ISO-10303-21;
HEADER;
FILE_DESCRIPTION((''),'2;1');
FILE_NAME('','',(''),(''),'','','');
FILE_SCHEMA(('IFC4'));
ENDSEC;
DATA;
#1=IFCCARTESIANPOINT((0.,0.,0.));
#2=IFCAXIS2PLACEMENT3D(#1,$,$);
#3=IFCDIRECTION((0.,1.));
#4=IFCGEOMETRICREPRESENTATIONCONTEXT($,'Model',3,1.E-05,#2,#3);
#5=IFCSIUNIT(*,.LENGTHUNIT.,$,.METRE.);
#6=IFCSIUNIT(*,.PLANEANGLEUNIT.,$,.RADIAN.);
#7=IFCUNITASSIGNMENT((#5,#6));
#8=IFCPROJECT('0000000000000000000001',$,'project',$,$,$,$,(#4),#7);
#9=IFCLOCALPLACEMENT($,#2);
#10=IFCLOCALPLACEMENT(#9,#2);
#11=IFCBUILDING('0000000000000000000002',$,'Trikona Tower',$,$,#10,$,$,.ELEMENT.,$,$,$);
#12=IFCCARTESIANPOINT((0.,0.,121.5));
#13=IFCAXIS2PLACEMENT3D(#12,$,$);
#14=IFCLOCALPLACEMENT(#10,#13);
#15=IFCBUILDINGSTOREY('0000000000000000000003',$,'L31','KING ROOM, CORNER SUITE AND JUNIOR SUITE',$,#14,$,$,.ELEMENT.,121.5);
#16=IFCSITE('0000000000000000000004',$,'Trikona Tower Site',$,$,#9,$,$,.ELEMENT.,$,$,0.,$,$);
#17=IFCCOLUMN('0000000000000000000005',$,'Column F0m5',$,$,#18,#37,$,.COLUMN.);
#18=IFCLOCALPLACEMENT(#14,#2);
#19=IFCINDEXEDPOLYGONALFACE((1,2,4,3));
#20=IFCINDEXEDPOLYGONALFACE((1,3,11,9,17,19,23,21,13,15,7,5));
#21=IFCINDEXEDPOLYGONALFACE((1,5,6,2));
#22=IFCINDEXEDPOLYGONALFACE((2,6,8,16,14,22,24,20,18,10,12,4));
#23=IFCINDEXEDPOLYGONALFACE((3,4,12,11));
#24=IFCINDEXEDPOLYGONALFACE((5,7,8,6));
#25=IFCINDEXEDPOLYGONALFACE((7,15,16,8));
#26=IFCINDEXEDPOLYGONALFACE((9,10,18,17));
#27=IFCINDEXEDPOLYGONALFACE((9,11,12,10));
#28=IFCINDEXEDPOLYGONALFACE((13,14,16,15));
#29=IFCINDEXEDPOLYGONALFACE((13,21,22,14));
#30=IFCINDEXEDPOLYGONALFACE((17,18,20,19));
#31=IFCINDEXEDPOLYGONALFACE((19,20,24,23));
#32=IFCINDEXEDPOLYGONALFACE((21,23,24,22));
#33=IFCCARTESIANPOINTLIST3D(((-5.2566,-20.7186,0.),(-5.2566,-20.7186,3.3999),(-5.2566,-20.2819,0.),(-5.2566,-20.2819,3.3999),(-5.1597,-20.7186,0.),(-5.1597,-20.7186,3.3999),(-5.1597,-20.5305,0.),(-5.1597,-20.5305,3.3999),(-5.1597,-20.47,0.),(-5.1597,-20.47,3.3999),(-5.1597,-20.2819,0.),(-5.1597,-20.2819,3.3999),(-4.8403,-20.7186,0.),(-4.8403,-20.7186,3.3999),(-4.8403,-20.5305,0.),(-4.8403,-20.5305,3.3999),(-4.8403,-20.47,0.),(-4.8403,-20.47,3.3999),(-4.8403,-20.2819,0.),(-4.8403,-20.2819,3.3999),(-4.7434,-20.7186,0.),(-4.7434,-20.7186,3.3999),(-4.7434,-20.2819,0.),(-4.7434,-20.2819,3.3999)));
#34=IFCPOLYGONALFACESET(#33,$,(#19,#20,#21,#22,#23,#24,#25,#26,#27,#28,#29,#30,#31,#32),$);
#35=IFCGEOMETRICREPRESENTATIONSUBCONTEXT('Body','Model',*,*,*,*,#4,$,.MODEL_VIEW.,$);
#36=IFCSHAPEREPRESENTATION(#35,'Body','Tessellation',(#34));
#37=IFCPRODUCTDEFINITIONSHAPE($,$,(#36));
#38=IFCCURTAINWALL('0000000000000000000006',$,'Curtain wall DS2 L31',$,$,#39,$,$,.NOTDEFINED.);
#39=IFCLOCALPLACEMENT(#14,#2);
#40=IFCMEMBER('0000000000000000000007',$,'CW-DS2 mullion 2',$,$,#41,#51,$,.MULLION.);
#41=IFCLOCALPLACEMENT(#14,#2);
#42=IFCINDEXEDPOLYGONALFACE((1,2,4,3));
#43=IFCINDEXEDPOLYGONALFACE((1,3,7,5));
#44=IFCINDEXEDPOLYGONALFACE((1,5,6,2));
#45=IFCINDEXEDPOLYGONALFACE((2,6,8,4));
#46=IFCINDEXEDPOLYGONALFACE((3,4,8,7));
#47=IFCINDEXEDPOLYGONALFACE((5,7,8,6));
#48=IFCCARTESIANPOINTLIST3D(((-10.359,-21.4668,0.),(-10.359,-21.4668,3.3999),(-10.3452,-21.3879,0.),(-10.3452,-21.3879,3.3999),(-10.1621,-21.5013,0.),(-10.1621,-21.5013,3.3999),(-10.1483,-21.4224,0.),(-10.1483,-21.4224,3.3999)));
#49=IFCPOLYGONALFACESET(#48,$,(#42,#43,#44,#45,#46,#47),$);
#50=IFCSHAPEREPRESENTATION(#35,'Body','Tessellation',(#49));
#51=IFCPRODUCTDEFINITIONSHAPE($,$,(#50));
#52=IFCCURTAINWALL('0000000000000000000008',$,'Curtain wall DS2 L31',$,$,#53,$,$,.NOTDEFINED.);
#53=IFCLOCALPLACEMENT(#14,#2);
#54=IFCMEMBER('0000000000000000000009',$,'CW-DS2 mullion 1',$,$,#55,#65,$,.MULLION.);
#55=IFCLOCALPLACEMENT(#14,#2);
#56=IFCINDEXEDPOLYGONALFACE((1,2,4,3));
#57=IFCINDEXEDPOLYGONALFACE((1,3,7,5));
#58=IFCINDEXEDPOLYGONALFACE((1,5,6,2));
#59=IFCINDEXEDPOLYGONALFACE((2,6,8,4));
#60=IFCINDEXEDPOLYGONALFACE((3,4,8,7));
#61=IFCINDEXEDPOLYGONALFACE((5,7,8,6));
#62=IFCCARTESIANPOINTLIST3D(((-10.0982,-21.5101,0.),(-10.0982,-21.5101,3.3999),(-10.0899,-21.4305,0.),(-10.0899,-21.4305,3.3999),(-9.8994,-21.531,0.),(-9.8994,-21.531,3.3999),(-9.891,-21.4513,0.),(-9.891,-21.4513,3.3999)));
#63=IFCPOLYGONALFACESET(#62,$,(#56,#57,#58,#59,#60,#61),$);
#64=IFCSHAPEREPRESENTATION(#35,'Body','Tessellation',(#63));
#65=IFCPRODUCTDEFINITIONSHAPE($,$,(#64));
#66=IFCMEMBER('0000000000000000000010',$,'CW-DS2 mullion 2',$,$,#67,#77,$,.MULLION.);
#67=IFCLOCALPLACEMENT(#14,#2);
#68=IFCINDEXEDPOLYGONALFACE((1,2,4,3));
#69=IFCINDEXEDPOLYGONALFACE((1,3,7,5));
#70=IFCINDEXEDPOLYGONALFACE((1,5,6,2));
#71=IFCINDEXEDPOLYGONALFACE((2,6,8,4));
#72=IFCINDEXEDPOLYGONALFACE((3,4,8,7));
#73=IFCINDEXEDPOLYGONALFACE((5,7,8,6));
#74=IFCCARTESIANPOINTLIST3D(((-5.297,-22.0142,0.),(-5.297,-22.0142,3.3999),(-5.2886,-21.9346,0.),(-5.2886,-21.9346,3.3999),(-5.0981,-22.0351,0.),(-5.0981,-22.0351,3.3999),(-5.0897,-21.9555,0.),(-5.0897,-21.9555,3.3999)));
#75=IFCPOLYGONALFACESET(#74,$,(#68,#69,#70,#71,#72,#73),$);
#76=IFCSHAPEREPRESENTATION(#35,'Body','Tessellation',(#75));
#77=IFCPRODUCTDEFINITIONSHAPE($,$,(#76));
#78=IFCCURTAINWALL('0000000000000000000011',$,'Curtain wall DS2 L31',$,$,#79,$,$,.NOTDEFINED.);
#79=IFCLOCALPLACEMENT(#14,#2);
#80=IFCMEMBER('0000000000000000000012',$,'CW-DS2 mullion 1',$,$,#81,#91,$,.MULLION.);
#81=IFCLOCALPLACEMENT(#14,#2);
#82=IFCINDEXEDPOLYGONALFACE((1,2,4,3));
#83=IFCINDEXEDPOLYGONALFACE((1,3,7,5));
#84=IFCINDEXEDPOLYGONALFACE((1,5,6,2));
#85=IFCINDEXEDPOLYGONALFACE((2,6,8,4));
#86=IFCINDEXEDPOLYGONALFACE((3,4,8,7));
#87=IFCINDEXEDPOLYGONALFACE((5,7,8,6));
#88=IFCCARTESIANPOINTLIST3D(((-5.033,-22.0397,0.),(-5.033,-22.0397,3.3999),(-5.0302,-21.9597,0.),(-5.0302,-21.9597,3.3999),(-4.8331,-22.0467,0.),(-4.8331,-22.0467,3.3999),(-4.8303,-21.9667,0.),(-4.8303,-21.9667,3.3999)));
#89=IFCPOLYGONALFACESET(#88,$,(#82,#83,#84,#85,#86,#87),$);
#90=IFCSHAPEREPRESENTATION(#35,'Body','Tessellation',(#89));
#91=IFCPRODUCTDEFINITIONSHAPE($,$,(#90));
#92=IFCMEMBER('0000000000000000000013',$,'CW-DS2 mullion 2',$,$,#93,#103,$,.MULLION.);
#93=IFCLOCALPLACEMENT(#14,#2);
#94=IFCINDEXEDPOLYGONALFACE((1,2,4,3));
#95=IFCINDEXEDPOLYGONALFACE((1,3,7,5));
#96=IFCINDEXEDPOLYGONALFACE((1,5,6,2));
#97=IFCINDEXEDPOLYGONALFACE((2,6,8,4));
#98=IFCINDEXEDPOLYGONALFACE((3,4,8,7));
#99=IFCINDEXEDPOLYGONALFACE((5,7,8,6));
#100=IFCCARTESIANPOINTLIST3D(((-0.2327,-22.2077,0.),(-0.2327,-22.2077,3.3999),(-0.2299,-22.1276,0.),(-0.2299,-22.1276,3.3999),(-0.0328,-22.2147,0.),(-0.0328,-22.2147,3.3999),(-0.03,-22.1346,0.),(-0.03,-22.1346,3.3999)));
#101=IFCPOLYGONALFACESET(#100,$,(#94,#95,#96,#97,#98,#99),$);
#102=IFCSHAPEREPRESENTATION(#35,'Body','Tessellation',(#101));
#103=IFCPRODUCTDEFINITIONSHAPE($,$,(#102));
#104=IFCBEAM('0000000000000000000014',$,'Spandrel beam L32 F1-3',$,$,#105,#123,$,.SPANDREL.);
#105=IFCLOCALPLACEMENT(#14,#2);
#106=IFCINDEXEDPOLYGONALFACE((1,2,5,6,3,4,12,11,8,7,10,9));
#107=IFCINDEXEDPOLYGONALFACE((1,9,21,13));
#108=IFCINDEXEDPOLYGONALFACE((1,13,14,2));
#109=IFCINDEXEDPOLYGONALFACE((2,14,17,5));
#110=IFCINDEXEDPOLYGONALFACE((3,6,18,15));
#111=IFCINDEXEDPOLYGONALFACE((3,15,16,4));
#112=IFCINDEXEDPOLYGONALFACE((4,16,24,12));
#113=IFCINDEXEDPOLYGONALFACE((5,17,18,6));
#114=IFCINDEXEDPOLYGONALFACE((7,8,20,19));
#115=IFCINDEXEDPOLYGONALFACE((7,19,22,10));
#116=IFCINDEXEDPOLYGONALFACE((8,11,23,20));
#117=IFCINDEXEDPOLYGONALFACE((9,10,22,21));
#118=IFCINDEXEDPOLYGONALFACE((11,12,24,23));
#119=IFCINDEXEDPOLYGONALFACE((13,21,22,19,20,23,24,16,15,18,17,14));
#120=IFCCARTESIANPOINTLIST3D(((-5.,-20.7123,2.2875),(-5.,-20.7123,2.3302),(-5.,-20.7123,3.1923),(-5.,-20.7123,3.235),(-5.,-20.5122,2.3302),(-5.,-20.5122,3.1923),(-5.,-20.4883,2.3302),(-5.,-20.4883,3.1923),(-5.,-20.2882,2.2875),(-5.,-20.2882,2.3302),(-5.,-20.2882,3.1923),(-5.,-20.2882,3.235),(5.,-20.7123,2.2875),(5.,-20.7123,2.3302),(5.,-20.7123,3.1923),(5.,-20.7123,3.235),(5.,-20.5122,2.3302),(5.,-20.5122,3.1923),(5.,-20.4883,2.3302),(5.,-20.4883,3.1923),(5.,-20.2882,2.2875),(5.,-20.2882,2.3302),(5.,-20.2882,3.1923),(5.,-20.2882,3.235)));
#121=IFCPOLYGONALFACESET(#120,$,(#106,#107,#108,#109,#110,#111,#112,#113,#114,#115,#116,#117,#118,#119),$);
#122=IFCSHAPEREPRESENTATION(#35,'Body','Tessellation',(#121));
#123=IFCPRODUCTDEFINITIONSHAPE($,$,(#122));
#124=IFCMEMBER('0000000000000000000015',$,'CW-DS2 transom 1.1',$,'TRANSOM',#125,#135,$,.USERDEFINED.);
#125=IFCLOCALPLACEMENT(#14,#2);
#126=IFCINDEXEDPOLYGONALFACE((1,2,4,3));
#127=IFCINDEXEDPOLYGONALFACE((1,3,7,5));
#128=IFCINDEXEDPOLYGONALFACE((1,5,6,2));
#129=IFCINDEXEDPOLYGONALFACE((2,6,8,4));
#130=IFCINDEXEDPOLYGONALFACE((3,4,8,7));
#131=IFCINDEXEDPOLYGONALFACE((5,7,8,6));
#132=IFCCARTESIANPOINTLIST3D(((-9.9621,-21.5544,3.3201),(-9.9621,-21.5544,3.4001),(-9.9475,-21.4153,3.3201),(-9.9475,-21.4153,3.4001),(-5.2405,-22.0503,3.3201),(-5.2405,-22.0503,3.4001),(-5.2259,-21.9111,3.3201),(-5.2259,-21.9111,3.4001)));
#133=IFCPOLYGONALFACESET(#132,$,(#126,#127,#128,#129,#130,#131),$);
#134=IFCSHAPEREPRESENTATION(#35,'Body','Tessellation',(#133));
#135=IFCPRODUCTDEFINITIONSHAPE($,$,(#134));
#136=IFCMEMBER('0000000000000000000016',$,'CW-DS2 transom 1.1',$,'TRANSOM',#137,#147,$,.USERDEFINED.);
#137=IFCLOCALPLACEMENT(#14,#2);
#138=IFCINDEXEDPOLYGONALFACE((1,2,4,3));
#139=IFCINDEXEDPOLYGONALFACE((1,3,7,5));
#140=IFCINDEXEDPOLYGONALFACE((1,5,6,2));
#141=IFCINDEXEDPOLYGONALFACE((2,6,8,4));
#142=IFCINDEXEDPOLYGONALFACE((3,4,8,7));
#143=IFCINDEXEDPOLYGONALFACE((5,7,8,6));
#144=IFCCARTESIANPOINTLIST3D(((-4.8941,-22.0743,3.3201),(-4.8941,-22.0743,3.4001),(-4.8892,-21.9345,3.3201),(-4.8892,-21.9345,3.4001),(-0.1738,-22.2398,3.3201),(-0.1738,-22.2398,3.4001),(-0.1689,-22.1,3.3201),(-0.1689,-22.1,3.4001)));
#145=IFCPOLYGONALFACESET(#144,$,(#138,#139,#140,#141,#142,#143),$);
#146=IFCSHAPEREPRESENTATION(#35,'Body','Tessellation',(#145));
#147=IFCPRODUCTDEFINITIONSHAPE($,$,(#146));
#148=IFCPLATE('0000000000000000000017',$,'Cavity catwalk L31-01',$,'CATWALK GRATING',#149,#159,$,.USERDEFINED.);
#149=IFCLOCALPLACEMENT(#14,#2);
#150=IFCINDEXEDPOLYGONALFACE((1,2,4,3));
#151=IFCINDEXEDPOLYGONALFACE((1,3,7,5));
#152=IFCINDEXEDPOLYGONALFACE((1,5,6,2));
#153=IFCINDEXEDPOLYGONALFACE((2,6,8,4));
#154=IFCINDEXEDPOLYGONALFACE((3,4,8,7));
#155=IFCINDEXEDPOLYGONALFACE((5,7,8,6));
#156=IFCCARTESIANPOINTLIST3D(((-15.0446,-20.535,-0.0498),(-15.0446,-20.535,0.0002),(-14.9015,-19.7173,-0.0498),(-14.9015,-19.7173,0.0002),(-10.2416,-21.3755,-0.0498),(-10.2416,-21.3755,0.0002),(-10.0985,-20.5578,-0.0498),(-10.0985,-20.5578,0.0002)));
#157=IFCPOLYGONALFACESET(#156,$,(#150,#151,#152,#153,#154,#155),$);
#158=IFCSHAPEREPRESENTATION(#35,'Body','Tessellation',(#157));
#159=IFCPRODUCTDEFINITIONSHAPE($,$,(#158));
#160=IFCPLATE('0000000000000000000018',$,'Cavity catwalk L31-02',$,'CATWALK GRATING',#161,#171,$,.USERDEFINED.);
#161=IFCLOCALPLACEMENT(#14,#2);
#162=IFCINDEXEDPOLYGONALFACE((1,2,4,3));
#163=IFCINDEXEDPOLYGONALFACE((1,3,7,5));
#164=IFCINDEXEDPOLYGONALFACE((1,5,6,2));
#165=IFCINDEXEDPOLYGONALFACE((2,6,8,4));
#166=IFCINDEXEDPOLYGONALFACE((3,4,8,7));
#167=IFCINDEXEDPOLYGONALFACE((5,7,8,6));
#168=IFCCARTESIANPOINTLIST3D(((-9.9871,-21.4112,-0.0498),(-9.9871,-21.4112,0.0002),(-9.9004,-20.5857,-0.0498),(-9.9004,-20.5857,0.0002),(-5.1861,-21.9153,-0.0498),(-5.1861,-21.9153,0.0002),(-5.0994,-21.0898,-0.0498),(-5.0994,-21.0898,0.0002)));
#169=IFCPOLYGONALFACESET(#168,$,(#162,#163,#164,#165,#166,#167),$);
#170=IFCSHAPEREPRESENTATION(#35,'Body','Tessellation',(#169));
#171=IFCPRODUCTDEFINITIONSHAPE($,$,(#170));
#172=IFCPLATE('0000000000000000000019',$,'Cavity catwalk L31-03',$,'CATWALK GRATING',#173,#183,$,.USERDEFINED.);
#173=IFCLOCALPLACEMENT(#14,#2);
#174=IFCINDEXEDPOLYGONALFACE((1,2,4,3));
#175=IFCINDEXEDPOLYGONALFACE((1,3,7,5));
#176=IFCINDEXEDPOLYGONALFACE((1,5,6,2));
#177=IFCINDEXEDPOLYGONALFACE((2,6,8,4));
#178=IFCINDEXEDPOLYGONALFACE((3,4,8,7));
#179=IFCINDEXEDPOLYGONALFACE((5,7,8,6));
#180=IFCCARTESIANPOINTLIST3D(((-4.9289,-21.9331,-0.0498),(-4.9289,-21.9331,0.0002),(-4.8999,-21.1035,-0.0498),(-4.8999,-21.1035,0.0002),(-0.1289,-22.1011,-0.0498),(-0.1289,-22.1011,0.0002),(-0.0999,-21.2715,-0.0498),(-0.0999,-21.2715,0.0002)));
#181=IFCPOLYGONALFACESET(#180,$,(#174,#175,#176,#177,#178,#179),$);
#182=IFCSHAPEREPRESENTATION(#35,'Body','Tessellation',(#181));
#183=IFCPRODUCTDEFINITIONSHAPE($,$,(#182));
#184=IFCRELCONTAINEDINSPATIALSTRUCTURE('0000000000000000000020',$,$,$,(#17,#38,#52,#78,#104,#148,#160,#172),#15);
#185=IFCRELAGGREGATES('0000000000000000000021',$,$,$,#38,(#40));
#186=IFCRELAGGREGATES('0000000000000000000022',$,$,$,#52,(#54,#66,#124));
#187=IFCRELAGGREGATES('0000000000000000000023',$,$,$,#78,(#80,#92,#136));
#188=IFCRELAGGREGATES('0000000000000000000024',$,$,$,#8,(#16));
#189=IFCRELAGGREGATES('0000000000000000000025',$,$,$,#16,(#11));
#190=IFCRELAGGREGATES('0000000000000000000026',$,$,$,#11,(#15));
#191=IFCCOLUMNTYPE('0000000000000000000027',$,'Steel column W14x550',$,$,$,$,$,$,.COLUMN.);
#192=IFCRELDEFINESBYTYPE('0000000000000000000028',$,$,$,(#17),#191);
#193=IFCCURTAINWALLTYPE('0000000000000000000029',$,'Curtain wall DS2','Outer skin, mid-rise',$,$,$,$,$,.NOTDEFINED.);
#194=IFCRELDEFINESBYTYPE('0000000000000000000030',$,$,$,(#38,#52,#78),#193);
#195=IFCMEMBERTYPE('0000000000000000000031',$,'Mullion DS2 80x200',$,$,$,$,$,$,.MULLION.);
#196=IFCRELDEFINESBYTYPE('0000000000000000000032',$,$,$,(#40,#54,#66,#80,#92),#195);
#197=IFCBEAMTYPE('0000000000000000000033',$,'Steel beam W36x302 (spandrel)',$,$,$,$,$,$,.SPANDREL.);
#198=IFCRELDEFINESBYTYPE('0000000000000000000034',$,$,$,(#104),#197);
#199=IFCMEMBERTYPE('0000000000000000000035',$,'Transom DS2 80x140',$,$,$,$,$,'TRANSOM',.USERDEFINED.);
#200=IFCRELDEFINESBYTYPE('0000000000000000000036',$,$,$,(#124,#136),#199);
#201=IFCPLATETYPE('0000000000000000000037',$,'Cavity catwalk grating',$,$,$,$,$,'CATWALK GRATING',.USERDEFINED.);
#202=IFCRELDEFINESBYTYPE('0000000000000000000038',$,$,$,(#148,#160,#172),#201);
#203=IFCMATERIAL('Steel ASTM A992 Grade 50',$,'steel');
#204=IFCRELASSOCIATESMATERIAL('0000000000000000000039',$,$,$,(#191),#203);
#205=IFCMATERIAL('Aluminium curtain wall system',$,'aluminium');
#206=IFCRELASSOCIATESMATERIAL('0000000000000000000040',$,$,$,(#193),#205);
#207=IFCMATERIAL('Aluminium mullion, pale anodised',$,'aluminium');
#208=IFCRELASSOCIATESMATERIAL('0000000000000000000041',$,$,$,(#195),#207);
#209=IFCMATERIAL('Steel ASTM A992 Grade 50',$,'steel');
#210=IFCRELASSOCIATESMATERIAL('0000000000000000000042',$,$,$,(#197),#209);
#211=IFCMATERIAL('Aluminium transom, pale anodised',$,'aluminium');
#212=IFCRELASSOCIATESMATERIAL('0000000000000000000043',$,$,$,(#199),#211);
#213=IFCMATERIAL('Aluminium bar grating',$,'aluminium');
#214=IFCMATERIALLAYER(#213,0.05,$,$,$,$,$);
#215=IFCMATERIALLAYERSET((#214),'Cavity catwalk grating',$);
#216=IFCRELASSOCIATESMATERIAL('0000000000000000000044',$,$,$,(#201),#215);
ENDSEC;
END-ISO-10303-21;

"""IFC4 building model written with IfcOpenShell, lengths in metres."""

from ifc_helpers import new_model, si_unit, direction, frame, origin, origin_2d, place, context, subcontext, project, spatial, rectangle, i_section, extrude, material, layer, layer_set, material_profile, profile_set, type_object, element, aggregate, save


model = new_model("IFC4")

# Units and contexts
model_context = context("Model", 3, precision=1e-05, world=origin(), true_north=direction((0.0, 1.0)))
body_context = subcontext(model_context, "Body", "Model", "MODEL_VIEW")
ifc_project = project(units=[si_unit("LENGTHUNIT", "METRE"), si_unit("PLANEANGLEUNIT", "RADIAN")], contexts=[model_context])

# Site, building, storey
site_placement = place(None, origin())
site = spatial("IfcSite", under=ifc_project, at=site_placement, Name="Trikona Tower Site", CompositionType="ELEMENT", RefElevation=0.0)
building_placement = place(site_placement, origin())
building = spatial("IfcBuilding", under=site, at=building_placement, Name="Trikona Tower", CompositionType="ELEMENT")
storey_placement = place(building_placement, frame((0.0, 0.0, 121.5)))
storey = spatial("IfcBuildingStorey", under=building, at=storey_placement, Name="L31", Description="KING ROOM, CORNER SUITE AND JUNIOR SUITE", CompositionType="ELEMENT", Elevation=121.5)

# Column
ifc_material_1 = material(Name="Steel ASTM A992 Grade 50", Category="steel")
ifc_material_profile_1 = material_profile(ifc_material_1, i_section(OverallWidth=0.4368, OverallDepth=0.5132, WebThickness=0.0605, FlangeThickness=0.0969, at=origin_2d()), Name="W14X550")
ifc_profile_set_1 = profile_set([ifc_material_profile_1], Name="Steel ASTM A992 Grade 50")
column_type = type_object("IfcColumnType", Name="Steel column W14x550", PredefinedType="COLUMN", material=ifc_profile_set_1)
column_placement = place(storey_placement, frame((-5.0, -20.5002, 0.0), z_axis=(0.0, 0.0, 1.0), x_axis=(0.0, -1.0, 0.0)))
element("IfcColumn", 1, at=column_placement, inside=storey, type_object=column_type, Name="Column F0m5", PredefinedType="COLUMN", context=body_context, shape_type="SweptSolid", body=[
    extrude(i_section(OverallWidth=0.4368, OverallDepth=0.5132, WebThickness=0.0605, FlangeThickness=0.0969, at=origin_2d()), origin(), (0.0, 0.0, 1.0), 3.3999),
])

# Curtain wall, member
ifc_material_2 = material(Name="Aluminium curtain wall system", Category="aluminium")
curtain_wall_type = type_object("IfcCurtainWallType", Name="Curtain wall DS2", Description="Outer skin, mid-rise", PredefinedType="NOTDEFINED", material=ifc_material_2)
curtain_wall_1_placement = place(storey_placement, origin())
curtain_wall_1 = element("IfcCurtainWall", 2, at=curtain_wall_1_placement, inside=storey, type_object=curtain_wall_type, Name="Curtain wall DS2 L31", PredefinedType="NOTDEFINED")
ifc_material_3 = material(Name="Aluminium mullion, pale anodised", Category="aluminium")
ifc_material_profile_2 = material_profile(ifc_material_3, rectangle(XDim=0.0801, YDim=0.2, at=origin_2d()), Name="MUL-DS2")
ifc_profile_set_2 = profile_set([ifc_material_profile_2], Name="Aluminium mullion, pale anodised")
member_type_1 = type_object("IfcMemberType", Name="Mullion DS2 80x200", PredefinedType="MULLION", material=ifc_profile_set_2)
member_1_placement = place(storey_placement, frame((-10.2537, -21.4446, 0.0), z_axis=(0.0, 0.0, 1.0), x_axis=(0.172377, 0.985031, 0.0)))
member_1 = element("IfcMember", 3, at=member_1_placement, type_object=member_type_1, Name="CW-DS2 mullion 2", PredefinedType="MULLION", context=body_context, shape_type="SweptSolid", body=[
    extrude(rectangle(XDim=0.0801, YDim=0.2, at=origin_2d()), origin(), (0.0, 0.0, 1.0), 3.3999),
])

# Curtain walls, members
curtain_wall_2_placement = place(storey_placement, origin())
curtain_wall_2 = element("IfcCurtainWall", 4, at=curtain_wall_2_placement, inside=storey, type_object=curtain_wall_type, Name="Curtain wall DS2 L31", PredefinedType="NOTDEFINED")
member_2_placement = place(storey_placement, frame((-9.9946, -21.4807, 0.0), z_axis=(0.0, 0.0, 1.0), x_axis=(0.104433, 0.994532, 0.0)))
member_2 = element("IfcMember", 5, at=member_2_placement, type_object=member_type_1, Name="CW-DS2 mullion 1", PredefinedType="MULLION", context=body_context, shape_type="SweptSolid", body=[
    extrude(rectangle(XDim=0.0801, YDim=0.2, at=origin_2d()), origin(), (0.0, 0.0, 1.0), 3.3999),
])
member_3_placement = place(storey_placement, frame((-5.1934, -21.9849, 0.0), z_axis=(0.0, 0.0, 1.0), x_axis=(0.104433, 0.994532, 0.0)))
member_3 = element("IfcMember", 6, at=member_3_placement, type_object=member_type_1, Name="CW-DS2 mullion 2", PredefinedType="MULLION", context=body_context, shape_type="SweptSolid", body=[
    extrude(rectangle(XDim=0.0801, YDim=0.2, at=origin_2d()), origin(), (0.0, 0.0, 1.0), 3.3999),
])
curtain_wall_3_placement = place(storey_placement, origin())
curtain_wall_3 = element("IfcCurtainWall", 7, at=curtain_wall_3_placement, inside=storey, type_object=curtain_wall_type, Name="Curtain wall DS2 L31", PredefinedType="NOTDEFINED")
member_4_placement = place(storey_placement, frame((-4.9316, -22.0032, 0.0), z_axis=(0.0, 0.0, 1.0), x_axis=(0.034998, 0.999387, 0.0)))
member_4 = element("IfcMember", 8, at=member_4_placement, type_object=member_type_1, Name="CW-DS2 mullion 1", PredefinedType="MULLION", context=body_context, shape_type="SweptSolid", body=[
    extrude(rectangle(XDim=0.0801, YDim=0.2, at=origin_2d()), origin(), (0.0, 0.0, 1.0), 3.3999),
])
member_5_placement = place(storey_placement, frame((-0.1313, -22.1711, 0.0), z_axis=(0.0, 0.0, 1.0), x_axis=(0.034998, 0.999387, 0.0)))
member_5 = element("IfcMember", 9, at=member_5_placement, type_object=member_type_1, Name="CW-DS2 mullion 2", PredefinedType="MULLION", context=body_context, shape_type="SweptSolid", body=[
    extrude(rectangle(XDim=0.0801, YDim=0.2, at=origin_2d()), origin(), (0.0, 0.0, 1.0), 3.3999),
])

# Beam
ifc_material_4 = material(Name="Steel ASTM A992 Grade 50", Category="steel")
ifc_material_profile_3 = material_profile(ifc_material_4, i_section(OverallWidth=0.4241, OverallDepth=0.9475, WebThickness=0.0239, FlangeThickness=0.0427, at=origin_2d()), Name="W36X302")
ifc_profile_set_3 = profile_set([ifc_material_profile_3], Name="Steel ASTM A992 Grade 50")
beam_type = type_object("IfcBeamType", Name="Steel beam W36x302 (spandrel)", PredefinedType="SPANDREL", material=ifc_profile_set_3)
beam_placement = place(storey_placement, frame((-5.0, -20.5002, 2.7612), z_axis=(1.0, 0.0, 0.0), x_axis=(0.0, 1.0, 0.0)))
element("IfcBeam", 10, at=beam_placement, inside=storey, type_object=beam_type, Name="Spandrel beam L32 F1-3", PredefinedType="SPANDREL", context=body_context, shape_type="SweptSolid", body=[
    extrude(i_section(OverallWidth=0.4241, OverallDepth=0.9475, WebThickness=0.0239, FlangeThickness=0.0427, at=origin_2d()), origin(), (0.0, 0.0, 1.0), 10.0),
])

# Members
ifc_material_5 = material(Name="Aluminium transom, pale anodised", Category="aluminium")
ifc_material_profile_4 = material_profile(ifc_material_5, rectangle(XDim=0.1399, YDim=0.0801, at=origin_2d()), Name="TRN-DS2")
ifc_profile_set_4 = profile_set([ifc_material_profile_4], Name="Aluminium transom, pale anodised")
member_type_2 = type_object("IfcMemberType", Name="Transom DS2 80x140", ElementType="TRANSOM", PredefinedType="USERDEFINED", material=ifc_profile_set_4)
member_6_placement = place(storey_placement, frame((-9.9548, -21.4849, 3.3601), z_axis=(0.994531, -0.104441, 0.0), x_axis=(0.104441, 0.994531, 0.0)))
member_6 = element("IfcMember", 11, at=member_6_placement, type_object=member_type_2, Name="CW-DS2 transom 1.1", ObjectType="TRANSOM", PredefinedType="USERDEFINED", context=body_context, shape_type="SweptSolid", body=[
    extrude(rectangle(XDim=0.1399, YDim=0.0801, at=origin_2d()), origin(), (0.0, 0.0, 1.0), 4.7476),
])
member_7_placement = place(storey_placement, frame((-4.8916, -22.0044, 3.3601), z_axis=(0.999386, -0.035046, 0.0), x_axis=(0.035046, 0.999386, 0.0)))
member_7 = element("IfcMember", 12, at=member_7_placement, type_object=member_type_2, Name="CW-DS2 transom 1.1", ObjectType="TRANSOM", PredefinedType="USERDEFINED", context=body_context, shape_type="SweptSolid", body=[
    extrude(rectangle(XDim=0.1399, YDim=0.0801, at=origin_2d()), origin(), (0.0, 0.0, 1.0), 4.7231),
])

# Plates
ifc_material_6 = material(Name="Aluminium bar grating", Category="aluminium")
ifc_layer_1 = layer(ifc_material_6, 0.05)
ifc_layer_set_1 = layer_set([ifc_layer_1], Name="Cavity catwalk grating")
plate_type_1 = type_object("IfcPlateType", Name="Cavity catwalk grating", ElementType="CATWALK GRATING", PredefinedType="USERDEFINED", material=ifc_layer_set_1)
plate_1_placement = place(storey_placement, frame((-12.5715, -20.5464, -0.0498), z_axis=(0.0, 0.0, 1.0), x_axis=(0.985031, -0.17238, 0.0)))
element("IfcPlate", 13, at=plate_1_placement, inside=storey, type_object=plate_type_1, Name="Cavity catwalk L31-01", ObjectType="CATWALK GRATING", PredefinedType="USERDEFINED", context=body_context, shape_type="SweptSolid", body=[
    extrude(rectangle(XDim=4.876, YDim=0.8301, at=origin_2d()), origin(), (0.0, 0.0, 1.0), 0.05),
])
plate_2_placement = place(storey_placement, frame((-7.5432, -21.2505, -0.0498), z_axis=(0.0, 0.0, 1.0), x_axis=(0.994533, -0.104426, 0.0)))
element("IfcPlate", 14, at=plate_2_placement, inside=storey, type_object=plate_type_1, Name="Cavity catwalk L31-02", ObjectType="CATWALK GRATING", PredefinedType="USERDEFINED", context=body_context, shape_type="SweptSolid", body=[
    extrude(rectangle(XDim=4.8274, YDim=0.8301, at=origin_2d()), origin(), (0.0, 0.0, 1.0), 0.05),
])
plate_3_placement = place(storey_placement, frame((-2.5144, -21.6023, -0.0498), z_axis=(0.0, 0.0, 1.0), x_axis=(0.999388, -0.034978, 0.0)))
element("IfcPlate", 15, at=plate_3_placement, inside=storey, type_object=plate_type_1, Name="Cavity catwalk L31-03", ObjectType="CATWALK GRATING", PredefinedType="USERDEFINED", context=body_context, shape_type="SweptSolid", body=[
    extrude(rectangle(XDim=4.803, YDim=0.8301, at=origin_2d()), origin(), (0.0, 0.0, 1.0), 0.05),
])

aggregate(curtain_wall_1, [member_1])
aggregate(curtain_wall_2, [member_2, member_3, member_6])
aggregate(curtain_wall_3, [member_4, member_5, member_7])

save(model, "model.ifc")
